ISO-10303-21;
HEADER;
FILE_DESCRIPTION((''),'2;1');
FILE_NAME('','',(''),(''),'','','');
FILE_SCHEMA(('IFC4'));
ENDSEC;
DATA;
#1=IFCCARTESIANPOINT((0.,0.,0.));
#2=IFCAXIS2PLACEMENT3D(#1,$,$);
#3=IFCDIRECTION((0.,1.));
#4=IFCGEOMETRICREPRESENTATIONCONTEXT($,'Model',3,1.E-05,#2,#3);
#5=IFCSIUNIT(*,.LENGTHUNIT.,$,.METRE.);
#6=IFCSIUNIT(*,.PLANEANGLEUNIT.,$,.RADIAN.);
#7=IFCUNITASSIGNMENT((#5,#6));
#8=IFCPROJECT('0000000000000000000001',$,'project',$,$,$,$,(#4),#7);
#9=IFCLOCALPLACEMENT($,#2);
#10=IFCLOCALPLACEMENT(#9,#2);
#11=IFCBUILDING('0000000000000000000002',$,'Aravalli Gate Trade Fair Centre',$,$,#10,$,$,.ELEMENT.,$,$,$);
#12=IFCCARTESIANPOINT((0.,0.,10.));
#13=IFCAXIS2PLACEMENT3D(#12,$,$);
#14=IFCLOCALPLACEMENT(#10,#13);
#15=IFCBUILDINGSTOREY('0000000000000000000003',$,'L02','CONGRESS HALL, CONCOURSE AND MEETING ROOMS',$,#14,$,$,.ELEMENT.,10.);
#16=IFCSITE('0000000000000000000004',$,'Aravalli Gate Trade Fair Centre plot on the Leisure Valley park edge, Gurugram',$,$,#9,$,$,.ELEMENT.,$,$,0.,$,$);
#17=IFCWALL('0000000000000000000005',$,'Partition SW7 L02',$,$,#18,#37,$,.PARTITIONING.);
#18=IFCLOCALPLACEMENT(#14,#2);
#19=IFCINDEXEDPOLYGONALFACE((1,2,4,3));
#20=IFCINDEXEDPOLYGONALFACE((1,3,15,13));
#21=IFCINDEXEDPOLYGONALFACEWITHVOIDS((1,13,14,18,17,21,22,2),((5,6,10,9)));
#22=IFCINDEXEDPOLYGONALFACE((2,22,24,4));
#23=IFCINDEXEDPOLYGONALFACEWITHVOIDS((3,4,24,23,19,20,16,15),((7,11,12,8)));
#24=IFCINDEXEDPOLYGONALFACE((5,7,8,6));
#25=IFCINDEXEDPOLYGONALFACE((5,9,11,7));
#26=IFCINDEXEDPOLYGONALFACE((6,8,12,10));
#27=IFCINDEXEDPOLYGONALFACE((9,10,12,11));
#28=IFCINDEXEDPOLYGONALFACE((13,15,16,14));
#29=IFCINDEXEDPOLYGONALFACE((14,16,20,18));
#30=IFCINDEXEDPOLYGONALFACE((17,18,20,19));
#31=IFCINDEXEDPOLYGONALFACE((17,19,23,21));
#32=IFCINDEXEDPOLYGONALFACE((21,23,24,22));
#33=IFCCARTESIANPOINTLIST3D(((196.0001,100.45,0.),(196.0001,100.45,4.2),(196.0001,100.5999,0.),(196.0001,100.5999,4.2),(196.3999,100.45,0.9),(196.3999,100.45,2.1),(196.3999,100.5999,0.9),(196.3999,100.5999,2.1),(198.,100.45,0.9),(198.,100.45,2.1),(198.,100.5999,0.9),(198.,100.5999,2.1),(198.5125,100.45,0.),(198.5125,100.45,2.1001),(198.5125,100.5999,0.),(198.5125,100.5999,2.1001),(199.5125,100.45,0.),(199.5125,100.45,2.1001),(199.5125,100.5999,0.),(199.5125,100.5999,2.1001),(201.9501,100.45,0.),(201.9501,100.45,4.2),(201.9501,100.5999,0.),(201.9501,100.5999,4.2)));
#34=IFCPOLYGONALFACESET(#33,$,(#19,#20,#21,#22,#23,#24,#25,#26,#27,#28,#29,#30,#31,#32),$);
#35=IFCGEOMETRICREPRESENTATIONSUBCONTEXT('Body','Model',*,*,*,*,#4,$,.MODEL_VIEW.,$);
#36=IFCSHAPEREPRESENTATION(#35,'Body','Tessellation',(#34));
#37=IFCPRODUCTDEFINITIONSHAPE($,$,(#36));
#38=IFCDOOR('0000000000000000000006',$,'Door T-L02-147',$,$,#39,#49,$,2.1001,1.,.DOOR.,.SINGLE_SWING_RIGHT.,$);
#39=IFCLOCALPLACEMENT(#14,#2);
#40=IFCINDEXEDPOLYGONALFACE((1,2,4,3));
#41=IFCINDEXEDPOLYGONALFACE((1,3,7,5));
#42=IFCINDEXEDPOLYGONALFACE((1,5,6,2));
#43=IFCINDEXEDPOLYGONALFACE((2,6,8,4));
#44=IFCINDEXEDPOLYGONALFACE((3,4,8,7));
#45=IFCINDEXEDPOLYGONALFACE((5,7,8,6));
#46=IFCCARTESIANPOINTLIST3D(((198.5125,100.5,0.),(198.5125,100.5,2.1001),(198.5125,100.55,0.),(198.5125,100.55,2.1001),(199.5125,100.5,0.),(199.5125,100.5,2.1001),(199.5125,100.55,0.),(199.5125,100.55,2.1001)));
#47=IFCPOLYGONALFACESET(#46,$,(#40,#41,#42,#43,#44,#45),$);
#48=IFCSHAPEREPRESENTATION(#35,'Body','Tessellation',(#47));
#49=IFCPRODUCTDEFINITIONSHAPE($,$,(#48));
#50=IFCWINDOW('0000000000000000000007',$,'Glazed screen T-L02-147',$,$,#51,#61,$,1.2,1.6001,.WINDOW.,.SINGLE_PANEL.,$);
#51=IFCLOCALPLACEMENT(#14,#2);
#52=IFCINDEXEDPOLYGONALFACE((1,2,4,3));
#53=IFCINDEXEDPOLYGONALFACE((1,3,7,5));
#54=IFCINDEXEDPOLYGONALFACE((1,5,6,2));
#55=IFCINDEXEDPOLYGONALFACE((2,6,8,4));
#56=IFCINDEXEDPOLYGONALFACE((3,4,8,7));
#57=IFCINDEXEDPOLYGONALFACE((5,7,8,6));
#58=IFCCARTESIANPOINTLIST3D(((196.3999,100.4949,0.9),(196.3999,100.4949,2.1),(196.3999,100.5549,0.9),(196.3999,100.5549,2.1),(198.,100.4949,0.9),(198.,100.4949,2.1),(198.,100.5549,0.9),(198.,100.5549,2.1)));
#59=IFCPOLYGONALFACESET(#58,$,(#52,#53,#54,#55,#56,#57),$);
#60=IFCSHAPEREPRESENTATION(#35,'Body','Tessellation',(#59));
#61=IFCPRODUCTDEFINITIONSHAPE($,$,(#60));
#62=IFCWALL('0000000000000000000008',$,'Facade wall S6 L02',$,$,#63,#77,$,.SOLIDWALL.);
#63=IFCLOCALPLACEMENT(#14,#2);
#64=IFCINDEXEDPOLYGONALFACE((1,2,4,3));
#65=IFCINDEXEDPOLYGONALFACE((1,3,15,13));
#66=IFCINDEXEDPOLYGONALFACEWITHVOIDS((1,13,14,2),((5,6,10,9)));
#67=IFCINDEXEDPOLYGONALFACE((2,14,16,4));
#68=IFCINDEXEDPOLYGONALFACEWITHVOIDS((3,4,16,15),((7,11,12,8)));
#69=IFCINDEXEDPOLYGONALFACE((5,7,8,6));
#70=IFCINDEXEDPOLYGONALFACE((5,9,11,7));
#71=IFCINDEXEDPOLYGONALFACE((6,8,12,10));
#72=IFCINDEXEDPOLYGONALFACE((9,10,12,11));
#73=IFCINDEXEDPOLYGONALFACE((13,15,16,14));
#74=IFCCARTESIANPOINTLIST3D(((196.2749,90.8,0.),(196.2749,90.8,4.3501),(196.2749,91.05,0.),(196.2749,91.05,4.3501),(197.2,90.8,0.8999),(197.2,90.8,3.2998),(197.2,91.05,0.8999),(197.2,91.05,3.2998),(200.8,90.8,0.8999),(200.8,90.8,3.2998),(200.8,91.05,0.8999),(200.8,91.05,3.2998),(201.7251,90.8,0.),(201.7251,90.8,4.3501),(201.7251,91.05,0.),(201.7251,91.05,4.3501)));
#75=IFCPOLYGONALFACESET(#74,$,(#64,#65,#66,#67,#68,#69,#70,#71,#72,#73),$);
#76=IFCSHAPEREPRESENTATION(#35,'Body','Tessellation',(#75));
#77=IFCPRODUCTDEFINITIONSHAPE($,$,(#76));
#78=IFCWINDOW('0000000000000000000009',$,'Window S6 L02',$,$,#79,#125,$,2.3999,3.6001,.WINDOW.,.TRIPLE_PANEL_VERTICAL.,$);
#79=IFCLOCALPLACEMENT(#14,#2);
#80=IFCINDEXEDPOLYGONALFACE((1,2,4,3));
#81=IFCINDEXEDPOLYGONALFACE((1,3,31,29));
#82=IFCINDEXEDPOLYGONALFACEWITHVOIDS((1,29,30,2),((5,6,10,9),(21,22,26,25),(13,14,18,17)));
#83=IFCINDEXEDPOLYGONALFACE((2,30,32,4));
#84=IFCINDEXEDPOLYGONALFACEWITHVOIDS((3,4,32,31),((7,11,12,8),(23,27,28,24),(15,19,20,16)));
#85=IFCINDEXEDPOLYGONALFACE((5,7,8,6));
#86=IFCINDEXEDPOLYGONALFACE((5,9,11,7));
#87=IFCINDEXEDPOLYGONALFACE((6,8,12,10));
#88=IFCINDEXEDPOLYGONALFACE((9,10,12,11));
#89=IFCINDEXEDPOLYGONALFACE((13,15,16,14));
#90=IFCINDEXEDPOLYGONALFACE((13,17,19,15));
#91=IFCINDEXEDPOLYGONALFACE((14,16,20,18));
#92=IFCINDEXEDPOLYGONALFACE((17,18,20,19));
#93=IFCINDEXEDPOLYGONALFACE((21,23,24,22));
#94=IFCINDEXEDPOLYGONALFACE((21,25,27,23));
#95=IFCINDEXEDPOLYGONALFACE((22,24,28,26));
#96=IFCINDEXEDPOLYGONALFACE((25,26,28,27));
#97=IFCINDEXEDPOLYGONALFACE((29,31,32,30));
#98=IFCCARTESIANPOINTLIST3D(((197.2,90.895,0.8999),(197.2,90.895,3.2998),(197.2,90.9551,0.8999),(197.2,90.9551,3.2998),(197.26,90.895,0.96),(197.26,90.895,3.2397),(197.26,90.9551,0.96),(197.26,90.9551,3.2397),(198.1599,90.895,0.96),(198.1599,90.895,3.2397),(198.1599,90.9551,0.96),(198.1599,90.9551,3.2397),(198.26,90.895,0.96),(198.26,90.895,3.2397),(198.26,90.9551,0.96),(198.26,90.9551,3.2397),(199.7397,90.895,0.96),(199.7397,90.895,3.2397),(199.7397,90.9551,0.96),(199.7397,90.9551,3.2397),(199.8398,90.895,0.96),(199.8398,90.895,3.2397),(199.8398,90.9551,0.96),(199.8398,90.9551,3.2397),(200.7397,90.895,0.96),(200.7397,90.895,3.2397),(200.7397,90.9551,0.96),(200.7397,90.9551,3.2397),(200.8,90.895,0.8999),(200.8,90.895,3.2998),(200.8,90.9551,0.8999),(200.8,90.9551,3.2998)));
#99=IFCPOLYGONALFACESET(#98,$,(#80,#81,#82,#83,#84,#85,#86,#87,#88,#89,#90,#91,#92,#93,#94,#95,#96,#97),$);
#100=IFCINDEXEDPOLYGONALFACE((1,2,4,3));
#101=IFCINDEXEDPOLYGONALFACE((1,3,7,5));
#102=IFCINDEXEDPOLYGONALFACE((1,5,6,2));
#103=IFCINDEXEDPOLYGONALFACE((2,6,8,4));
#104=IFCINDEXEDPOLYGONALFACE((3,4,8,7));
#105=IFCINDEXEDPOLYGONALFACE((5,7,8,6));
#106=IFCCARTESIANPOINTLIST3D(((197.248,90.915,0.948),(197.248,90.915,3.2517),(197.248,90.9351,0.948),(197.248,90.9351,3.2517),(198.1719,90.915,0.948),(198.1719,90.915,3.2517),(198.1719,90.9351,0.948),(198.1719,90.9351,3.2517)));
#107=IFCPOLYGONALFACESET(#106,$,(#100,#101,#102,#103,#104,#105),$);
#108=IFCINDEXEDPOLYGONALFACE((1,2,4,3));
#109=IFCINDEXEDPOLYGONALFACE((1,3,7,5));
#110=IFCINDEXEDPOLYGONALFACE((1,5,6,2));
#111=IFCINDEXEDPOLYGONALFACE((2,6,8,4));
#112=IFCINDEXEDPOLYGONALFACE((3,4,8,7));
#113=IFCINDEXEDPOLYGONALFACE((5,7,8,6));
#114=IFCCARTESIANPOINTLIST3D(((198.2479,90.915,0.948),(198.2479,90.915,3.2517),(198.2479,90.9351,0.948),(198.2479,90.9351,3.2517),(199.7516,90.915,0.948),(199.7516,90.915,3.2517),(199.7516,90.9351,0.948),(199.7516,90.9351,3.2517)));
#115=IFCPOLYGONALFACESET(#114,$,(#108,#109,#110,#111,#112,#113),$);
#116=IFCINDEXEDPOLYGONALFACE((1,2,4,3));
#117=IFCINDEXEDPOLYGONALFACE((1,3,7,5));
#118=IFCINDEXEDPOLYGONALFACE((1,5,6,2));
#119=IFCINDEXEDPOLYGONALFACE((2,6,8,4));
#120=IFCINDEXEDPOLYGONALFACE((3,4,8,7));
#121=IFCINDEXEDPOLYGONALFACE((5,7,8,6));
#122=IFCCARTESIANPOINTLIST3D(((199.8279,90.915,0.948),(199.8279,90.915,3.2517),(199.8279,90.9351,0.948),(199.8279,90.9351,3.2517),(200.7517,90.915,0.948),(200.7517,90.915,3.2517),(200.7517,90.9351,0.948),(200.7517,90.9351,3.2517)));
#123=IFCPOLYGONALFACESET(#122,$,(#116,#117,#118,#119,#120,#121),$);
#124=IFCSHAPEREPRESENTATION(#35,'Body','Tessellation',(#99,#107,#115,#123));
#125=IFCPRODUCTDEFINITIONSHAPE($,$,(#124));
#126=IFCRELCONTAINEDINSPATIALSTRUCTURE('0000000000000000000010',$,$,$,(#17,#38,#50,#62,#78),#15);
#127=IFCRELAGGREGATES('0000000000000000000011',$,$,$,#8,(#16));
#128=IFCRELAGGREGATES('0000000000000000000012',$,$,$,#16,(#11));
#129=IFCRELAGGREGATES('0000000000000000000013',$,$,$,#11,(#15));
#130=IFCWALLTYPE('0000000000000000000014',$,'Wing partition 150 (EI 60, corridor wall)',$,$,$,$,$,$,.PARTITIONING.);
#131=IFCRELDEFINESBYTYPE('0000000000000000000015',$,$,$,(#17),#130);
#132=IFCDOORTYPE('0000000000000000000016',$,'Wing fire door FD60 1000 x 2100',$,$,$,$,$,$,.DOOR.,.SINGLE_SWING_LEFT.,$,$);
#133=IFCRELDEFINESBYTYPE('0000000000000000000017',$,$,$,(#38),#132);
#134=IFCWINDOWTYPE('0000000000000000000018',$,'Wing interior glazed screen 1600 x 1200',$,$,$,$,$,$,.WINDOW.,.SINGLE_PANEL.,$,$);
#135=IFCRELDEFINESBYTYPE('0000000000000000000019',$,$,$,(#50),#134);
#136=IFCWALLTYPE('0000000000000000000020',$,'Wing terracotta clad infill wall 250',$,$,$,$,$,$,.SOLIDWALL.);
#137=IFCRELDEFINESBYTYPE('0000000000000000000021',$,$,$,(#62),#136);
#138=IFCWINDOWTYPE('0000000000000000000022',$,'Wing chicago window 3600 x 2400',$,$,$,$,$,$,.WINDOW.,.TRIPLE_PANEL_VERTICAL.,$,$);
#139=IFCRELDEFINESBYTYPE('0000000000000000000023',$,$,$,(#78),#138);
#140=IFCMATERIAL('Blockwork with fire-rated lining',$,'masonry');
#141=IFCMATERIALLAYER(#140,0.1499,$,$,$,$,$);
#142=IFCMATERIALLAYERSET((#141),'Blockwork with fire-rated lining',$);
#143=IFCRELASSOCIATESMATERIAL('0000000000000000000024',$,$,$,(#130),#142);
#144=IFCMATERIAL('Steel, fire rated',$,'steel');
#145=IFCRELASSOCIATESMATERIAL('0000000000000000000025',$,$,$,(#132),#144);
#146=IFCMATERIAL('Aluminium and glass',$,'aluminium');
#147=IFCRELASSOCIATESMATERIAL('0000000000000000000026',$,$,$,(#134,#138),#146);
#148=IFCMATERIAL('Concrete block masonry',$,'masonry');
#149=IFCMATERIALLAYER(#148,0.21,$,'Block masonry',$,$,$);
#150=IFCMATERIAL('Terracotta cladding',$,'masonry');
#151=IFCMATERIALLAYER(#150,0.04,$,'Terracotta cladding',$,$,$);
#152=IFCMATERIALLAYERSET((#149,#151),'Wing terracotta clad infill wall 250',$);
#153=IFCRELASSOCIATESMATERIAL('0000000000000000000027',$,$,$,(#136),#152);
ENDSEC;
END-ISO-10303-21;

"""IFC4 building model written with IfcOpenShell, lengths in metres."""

from ifc_helpers import new_model, si_unit, direction, frame, frame_2d, origin, place, context, subcontext, project, spatial, polyline, rectangle, outline, extrude, material, layer, layer_set, type_object, element, fill, save


model = new_model("IFC4")

# Units and contexts
model_context = context("Model", 3, precision=1e-05, world=origin(), true_north=direction((0.0, 1.0)))
body_context = subcontext(model_context, "Body", "Model", "MODEL_VIEW")
ifc_project = project(units=[si_unit("LENGTHUNIT", "METRE"), si_unit("PLANEANGLEUNIT", "RADIAN")], contexts=[model_context])

# Site, building, storey
site_placement = place(None, origin())
site = spatial("IfcSite", under=ifc_project, at=site_placement, Name="Aravalli Gate Trade Fair Centre plot on the Leisure Valley park edge, Gurugram", CompositionType="ELEMENT", RefElevation=0.0)
building_placement = place(site_placement, origin())
building = spatial("IfcBuilding", under=site, at=building_placement, Name="Aravalli Gate Trade Fair Centre", CompositionType="ELEMENT")
storey_placement = place(building_placement, frame((0.0, 0.0, 10.0)))
storey = spatial("IfcBuildingStorey", under=building, at=storey_placement, Name="L02", Description="CONGRESS HALL, CONCOURSE AND MEETING ROOMS", CompositionType="ELEMENT", Elevation=10.0)

# Shared definitions
ifc_material_1 = material(Name="Blockwork with fire-rated lining", Category="masonry")
ifc_layer_1 = layer(ifc_material_1, 0.1499)
ifc_layer_set_1 = layer_set([ifc_layer_1], Name="Blockwork with fire-rated lining")
wall_type_1 = type_object("IfcWallType", Name="Wing partition 150 (EI 60, corridor wall)", PredefinedType="PARTITIONING", material=ifc_layer_set_1)

# Wall, openings, door, window
wall_1_placement = place(storey_placement, frame((196.0, 100.5249, 0.0), z_axis=(0.0, 0.0, 1.0), x_axis=(1.0, 0.0, 0.0)))
wall_1 = element("IfcWall", 1, at=wall_1_placement, inside=storey, type_object=wall_type_1, Name="Partition SW7 L02", PredefinedType="PARTITIONING", context=body_context, shape_type="SweptSolid", body=[
    extrude(rectangle(XDim=5.95, YDim=0.1499, at=frame_2d((2.9751, 0.0))), origin(), (0.0, 0.0, 1.0), 4.2),
])
opening_1_placement = place(wall_1_placement, frame((0.3999, 0.0, 0.8999)))
opening_1 = element("IfcOpeningElement", 2, at=opening_1_placement, cuts=wall_1, PredefinedType="OPENING", context=body_context, shape_type="SweptSolid", body=[
    extrude(rectangle(XDim=1.6001, YDim=1.2, at=frame_2d((0.8, 0.6001))), frame((0.0, 0.085, 0.0), z_axis=(0.0, -1.0, 0.0), x_axis=(1.0, 0.0, 0.0)), (0.0, 0.0, 1.0), 0.1699),
])
opening_2_placement = place(wall_1_placement, frame((2.5125, 0.0, 0.0)))
opening_2 = element("IfcOpeningElement", 3, at=opening_2_placement, cuts=wall_1, PredefinedType="OPENING", context=body_context, shape_type="SweptSolid", body=[
    extrude(rectangle(XDim=1.0, YDim=2.1001, at=frame_2d((0.5, 1.05))), frame((0.0, 0.085, 0.0), z_axis=(0.0, -1.0, 0.0), x_axis=(1.0, 0.0, 0.0)), (0.0, 0.0, 1.0), 0.1699),
])
ifc_material_2 = material(Name="Steel, fire rated", Category="steel")
door_type = type_object("IfcDoorType", Name="Wing fire door FD60 1000 x 2100", OperationType="SINGLE_SWING_LEFT", PredefinedType="DOOR", material=ifc_material_2)
door_placement = place(opening_2_placement, frame((1.0, 0.0, 0.0), z_axis=(0.0, 0.0, 1.0), x_axis=(-1.0, 0.0, 0.0)))
door = element("IfcDoor", 4, at=door_placement, inside=storey, type_object=door_type, Name="Door T-L02-147", OperationType="SINGLE_SWING_RIGHT", OverallHeight=2.1001, OverallWidth=1.0, PredefinedType="DOOR", context=body_context, shape_type="SweptSolid", body=[
    extrude(rectangle(XDim=1.0, YDim=2.1001, at=frame_2d((0.5, 1.05))), frame((0.0, 0.0249, 0.0), z_axis=(0.0, -1.0, 0.0), x_axis=(1.0, 0.0, 0.0)), (0.0, 0.0, 1.0), 0.05),
])
fill(opening_2, door)
ifc_material_3 = material(Name="Aluminium and glass", Category="aluminium")
window_type_1 = type_object("IfcWindowType", Name="Wing interior glazed screen 1600 x 1200", PartitioningType="SINGLE_PANEL", PredefinedType="WINDOW", material=ifc_material_3)
window_1_placement = place(opening_1_placement, origin())
window_1 = element("IfcWindow", 5, at=window_1_placement, inside=storey, type_object=window_type_1, Name="Glazed screen T-L02-147", OverallHeight=1.2, OverallWidth=1.6001, PartitioningType="SINGLE_PANEL", PredefinedType="WINDOW", context=body_context, shape_type="SweptSolid", body=[
    extrude(rectangle(XDim=1.6001, YDim=1.2, at=frame_2d((0.8, 0.6001))), frame((0.0, 0.03, 0.0), z_axis=(0.0, -1.0, 0.0), x_axis=(1.0, 0.0, 0.0)), (0.0, 0.0, 1.0), 0.0601),
])
fill(opening_1, window_1)

# Wall, opening, window
ifc_material_4 = material(Name="Concrete block masonry", Category="masonry")
ifc_layer_2 = layer(ifc_material_4, 0.21, Name="Block masonry")
ifc_material_5 = material(Name="Terracotta cladding", Category="masonry")
ifc_layer_3 = layer(ifc_material_5, 0.04, Name="Terracotta cladding")
ifc_layer_set_2 = layer_set([ifc_layer_2, ifc_layer_3], Name="Wing terracotta clad infill wall 250")
wall_type_2 = type_object("IfcWallType", Name="Wing terracotta clad infill wall 250", PredefinedType="SOLIDWALL", material=ifc_layer_set_2)
wall_2_placement = place(storey_placement, frame((196.2749, 90.925, 0.0), z_axis=(0.0, 0.0, 1.0), x_axis=(1.0, 0.0, 0.0)))
wall_2 = element("IfcWall", 6, at=wall_2_placement, inside=storey, type_object=wall_type_2, Name="Facade wall S6 L02", PredefinedType="SOLIDWALL", context=body_context, shape_type="SweptSolid", body=[
    extrude(rectangle(XDim=5.4502, YDim=0.25, at=frame_2d((2.7251, 0.0))), origin(), (0.0, 0.0, 1.0), 4.3501),
])
opening_3_placement = place(wall_2_placement, frame((0.925, 0.0, 0.8999)))
opening_3 = element("IfcOpeningElement", 7, at=opening_3_placement, cuts=wall_2, PredefinedType="OPENING", context=body_context, shape_type="SweptSolid", body=[
    extrude(rectangle(XDim=3.6001, YDim=2.3999, at=frame_2d((1.8, 1.2))), frame((0.0, 0.135, 0.0), z_axis=(0.0, -1.0, 0.0), x_axis=(1.0, 0.0, 0.0)), (0.0, 0.0, 1.0), 0.27),
])
window_type_2 = type_object("IfcWindowType", Name="Wing chicago window 3600 x 2400", PartitioningType="TRIPLE_PANEL_VERTICAL", PredefinedType="WINDOW", material=ifc_material_3)
window_2_placement = place(opening_3_placement, origin())
window_2 = element("IfcWindow", 8, at=window_2_placement, inside=storey, type_object=window_type_2, Name="Window S6 L02", OverallHeight=2.3999, OverallWidth=3.6001, PartitioningType="TRIPLE_PANEL_VERTICAL", PredefinedType="WINDOW", context=body_context, shape_type="SweptSolid", body=[
    extrude(outline(polyline([(0.0, 0.0), (3.6001, 0.0), (3.6001, 2.3999), (0.0, 2.3999), (0.0, 0.0)]), holes=[polyline([(0.0601, 0.0601), (0.96, 0.0601), (0.96, 2.3398), (0.0601, 2.3398), (0.0601, 0.0601)]), polyline([(1.0601, 0.0601), (2.5398, 0.0601), (2.5398, 2.3398), (1.0601, 2.3398), (1.0601, 0.0601)]), polyline([(2.6399, 0.0601), (3.5398, 0.0601), (3.5398, 2.3398), (2.6399, 2.3398), (2.6399, 0.0601)])]), frame((0.0, 0.03, 0.0), z_axis=(0.0, -1.0, 0.0), x_axis=(1.0, 0.0, 0.0)), (0.0, 0.0, 1.0), 0.0601),
    extrude(rectangle(XDim=0.9238, YDim=2.3037, at=frame_2d((0.51, 1.2))), frame((0.0, 0.01, 0.0), z_axis=(0.0, -1.0, 0.0), x_axis=(1.0, 0.0, 0.0)), (0.0, 0.0, 1.0), 0.02),
    extrude(rectangle(XDim=1.5037, YDim=2.3037, at=frame_2d((1.7998, 1.2))), frame((0.0, 0.01, 0.0), z_axis=(0.0, -1.0, 0.0), x_axis=(1.0, 0.0, 0.0)), (0.0, 0.0, 1.0), 0.02),
    extrude(rectangle(XDim=0.9238, YDim=2.3037, at=frame_2d((3.0898, 1.2))), frame((0.0, 0.01, 0.0), z_axis=(0.0, -1.0, 0.0), x_axis=(1.0, 0.0, 0.0)), (0.0, 0.0, 1.0), 0.02),
])
fill(opening_3, window_2)

save(model, "model.ifc")
